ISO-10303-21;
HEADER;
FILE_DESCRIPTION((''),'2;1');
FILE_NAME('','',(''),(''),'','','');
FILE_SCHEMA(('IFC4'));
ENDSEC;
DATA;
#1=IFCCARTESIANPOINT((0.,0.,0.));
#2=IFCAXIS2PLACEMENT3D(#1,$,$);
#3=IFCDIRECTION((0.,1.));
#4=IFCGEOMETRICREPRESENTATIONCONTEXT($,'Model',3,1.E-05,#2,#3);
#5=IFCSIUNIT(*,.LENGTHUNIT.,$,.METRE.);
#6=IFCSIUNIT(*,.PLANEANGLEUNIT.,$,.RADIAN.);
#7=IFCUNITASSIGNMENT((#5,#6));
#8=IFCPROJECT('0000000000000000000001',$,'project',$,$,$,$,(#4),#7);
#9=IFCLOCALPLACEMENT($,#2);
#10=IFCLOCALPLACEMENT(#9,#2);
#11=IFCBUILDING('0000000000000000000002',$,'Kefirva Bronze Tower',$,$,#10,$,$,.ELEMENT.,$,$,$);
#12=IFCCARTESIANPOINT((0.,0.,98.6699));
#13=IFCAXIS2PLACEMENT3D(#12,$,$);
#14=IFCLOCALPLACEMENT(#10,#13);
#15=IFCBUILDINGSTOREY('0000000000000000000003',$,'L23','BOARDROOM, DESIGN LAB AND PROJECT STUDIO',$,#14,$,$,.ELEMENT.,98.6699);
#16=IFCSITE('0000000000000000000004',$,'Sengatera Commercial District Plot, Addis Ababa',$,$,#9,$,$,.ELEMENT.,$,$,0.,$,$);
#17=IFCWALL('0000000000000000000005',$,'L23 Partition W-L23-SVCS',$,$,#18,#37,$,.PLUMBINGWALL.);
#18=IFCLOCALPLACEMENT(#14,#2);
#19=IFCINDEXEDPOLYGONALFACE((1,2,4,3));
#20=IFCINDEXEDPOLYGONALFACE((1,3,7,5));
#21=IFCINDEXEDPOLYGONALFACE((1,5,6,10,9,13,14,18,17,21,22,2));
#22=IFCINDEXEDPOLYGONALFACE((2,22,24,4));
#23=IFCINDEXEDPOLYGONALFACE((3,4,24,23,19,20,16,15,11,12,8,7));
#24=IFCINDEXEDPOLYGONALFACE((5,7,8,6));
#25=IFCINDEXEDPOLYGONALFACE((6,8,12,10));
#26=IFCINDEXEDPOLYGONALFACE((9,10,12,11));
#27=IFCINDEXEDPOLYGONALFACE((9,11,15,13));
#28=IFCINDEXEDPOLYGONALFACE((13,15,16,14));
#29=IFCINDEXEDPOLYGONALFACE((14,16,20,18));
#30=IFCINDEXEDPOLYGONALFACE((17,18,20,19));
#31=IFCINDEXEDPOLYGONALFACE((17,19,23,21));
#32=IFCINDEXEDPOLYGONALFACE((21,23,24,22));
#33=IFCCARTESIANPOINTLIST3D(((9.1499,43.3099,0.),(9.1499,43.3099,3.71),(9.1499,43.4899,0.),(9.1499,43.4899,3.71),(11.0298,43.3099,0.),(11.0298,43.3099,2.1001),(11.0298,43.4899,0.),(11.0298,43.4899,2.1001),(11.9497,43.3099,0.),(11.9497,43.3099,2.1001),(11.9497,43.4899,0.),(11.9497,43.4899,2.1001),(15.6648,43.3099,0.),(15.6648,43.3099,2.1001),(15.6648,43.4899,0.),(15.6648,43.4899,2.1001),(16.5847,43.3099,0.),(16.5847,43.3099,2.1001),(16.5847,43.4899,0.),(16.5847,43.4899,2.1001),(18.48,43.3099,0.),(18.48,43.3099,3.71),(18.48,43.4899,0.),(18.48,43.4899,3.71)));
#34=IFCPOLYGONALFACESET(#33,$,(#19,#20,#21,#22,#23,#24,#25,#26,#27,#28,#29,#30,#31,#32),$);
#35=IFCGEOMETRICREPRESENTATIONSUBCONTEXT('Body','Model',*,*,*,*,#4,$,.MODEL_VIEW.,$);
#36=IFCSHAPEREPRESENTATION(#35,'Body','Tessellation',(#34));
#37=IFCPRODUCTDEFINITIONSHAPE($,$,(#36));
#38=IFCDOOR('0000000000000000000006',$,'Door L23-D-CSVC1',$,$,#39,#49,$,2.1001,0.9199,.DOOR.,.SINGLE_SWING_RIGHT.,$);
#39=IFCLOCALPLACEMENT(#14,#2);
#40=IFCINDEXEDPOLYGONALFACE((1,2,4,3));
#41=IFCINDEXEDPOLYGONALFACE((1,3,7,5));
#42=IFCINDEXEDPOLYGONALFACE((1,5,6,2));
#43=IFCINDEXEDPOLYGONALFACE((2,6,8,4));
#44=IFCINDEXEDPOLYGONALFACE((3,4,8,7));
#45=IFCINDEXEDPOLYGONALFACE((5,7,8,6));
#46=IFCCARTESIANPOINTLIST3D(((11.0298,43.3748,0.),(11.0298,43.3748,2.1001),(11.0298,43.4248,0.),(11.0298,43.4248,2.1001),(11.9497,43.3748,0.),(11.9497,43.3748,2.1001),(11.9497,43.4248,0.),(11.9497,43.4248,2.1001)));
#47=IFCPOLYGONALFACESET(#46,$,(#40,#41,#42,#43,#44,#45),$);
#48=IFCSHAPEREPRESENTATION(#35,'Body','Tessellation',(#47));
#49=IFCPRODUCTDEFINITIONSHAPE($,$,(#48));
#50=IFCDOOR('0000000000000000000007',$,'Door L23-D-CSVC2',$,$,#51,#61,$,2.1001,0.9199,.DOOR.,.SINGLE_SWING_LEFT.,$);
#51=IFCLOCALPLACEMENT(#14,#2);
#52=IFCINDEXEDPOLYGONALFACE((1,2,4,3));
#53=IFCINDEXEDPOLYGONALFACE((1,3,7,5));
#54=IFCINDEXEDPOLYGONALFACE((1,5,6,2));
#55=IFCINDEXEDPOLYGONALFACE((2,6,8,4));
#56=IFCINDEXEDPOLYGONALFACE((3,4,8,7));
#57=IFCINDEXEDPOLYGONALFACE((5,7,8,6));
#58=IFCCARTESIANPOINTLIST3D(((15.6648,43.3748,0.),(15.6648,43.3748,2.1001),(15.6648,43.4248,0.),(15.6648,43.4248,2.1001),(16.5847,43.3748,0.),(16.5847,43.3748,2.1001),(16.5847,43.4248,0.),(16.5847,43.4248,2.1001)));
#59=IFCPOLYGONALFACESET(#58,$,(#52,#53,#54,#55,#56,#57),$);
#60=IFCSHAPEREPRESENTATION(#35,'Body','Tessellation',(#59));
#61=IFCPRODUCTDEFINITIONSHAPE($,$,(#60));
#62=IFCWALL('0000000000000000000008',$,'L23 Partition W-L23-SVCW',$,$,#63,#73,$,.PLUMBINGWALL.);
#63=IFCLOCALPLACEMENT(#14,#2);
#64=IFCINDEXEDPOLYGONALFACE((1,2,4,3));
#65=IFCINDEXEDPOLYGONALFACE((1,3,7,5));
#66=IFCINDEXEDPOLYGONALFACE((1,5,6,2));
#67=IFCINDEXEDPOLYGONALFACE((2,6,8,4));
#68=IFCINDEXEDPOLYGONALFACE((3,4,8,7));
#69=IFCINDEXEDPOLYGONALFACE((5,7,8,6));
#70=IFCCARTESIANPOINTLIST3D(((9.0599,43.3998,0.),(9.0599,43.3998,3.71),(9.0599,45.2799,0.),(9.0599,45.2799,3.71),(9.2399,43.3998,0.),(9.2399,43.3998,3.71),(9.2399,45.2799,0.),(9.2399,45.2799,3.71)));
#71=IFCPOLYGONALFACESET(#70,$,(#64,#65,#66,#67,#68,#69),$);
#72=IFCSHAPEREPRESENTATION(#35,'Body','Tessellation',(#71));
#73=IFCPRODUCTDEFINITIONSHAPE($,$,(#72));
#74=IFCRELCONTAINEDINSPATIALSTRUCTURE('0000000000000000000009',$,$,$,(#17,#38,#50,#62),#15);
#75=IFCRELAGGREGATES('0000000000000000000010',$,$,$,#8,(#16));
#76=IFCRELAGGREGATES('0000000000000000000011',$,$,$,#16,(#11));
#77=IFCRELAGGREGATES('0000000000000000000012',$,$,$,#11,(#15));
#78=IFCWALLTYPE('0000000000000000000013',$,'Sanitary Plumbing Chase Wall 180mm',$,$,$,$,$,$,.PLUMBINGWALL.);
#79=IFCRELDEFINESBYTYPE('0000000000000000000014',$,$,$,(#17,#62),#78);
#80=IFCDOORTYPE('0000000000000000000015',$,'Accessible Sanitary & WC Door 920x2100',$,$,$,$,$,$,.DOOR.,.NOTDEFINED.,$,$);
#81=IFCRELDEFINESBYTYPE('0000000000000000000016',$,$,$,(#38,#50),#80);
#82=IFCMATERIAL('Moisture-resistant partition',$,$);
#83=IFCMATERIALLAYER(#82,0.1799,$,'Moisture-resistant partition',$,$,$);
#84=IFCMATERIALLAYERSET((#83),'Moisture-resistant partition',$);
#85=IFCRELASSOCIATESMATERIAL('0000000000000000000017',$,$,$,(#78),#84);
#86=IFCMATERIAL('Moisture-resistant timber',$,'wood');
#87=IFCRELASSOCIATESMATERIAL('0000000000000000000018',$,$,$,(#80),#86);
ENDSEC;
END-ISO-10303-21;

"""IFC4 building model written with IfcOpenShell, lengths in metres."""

from ifc_helpers import new_model, si_unit, direction, frame, frame_2d, origin, place, context, subcontext, project, spatial, rectangle, extrude, material, layer, layer_set, type_object, element, fill, save


model = new_model("IFC4")

# Units and contexts
model_context = context("Model", 3, precision=1e-05, world=origin(), true_north=direction((0.0, 1.0)))
body_context = subcontext(model_context, "Body", "Model", "MODEL_VIEW")
ifc_project = project(units=[si_unit("LENGTHUNIT", "METRE"), si_unit("PLANEANGLEUNIT", "RADIAN")], contexts=[model_context])

# Site, building, storey
site_placement = place(None, origin())
site = spatial("IfcSite", under=ifc_project, at=site_placement, Name="Sengatera Commercial District Plot, Addis Ababa", CompositionType="ELEMENT", RefElevation=0.0)
building_placement = place(site_placement, origin())
building = spatial("IfcBuilding", under=site, at=building_placement, Name="Kefirva Bronze Tower", CompositionType="ELEMENT")
storey_placement = place(building_placement, frame((0.0, 0.0, 98.6699)))
storey = spatial("IfcBuildingStorey", under=building, at=storey_placement, Name="L23", Description="BOARDROOM, DESIGN LAB AND PROJECT STUDIO", CompositionType="ELEMENT", Elevation=98.6699)

# Wall, openings, doors
ifc_material_1 = material(Name="Moisture-resistant partition")
ifc_layer_1 = layer(ifc_material_1, 0.1799, Name="Moisture-resistant partition")
ifc_layer_set_1 = layer_set([ifc_layer_1], Name="Moisture-resistant partition")
wall_type_1 = type_object("IfcWallType", Name="Sanitary Plumbing Chase Wall 180mm", PredefinedType="PLUMBINGWALL", material=ifc_layer_set_1)
wall_1_placement = place(storey_placement, frame((9.1499, 43.3999, 0.0), z_axis=(0.0, 0.0, 1.0), x_axis=(1.0, 0.0, 0.0)))
wall_1 = element("IfcWall", 1, at=wall_1_placement, inside=storey, type_object=wall_type_1, Name="L23 Partition W-L23-SVCS", PredefinedType="PLUMBINGWALL", context=body_context, shape_type="SweptSolid", body=[
    extrude(rectangle(XDim=9.3301, YDim=0.1799, at=frame_2d((4.665, 0.0))), origin(), (0.0, 0.0, 1.0), 3.71),
])
opening_1_placement = place(wall_1_placement, frame((1.8799, 0.0, 0.0)))
opening_1 = element("IfcOpeningElement", 2, at=opening_1_placement, cuts=wall_1, PredefinedType="OPENING", context=body_context, shape_type="SweptSolid", body=[
    extrude(rectangle(XDim=0.9199, YDim=2.1001, at=frame_2d((0.46, 1.05))), frame((0.0, 0.1001, 0.0), z_axis=(0.0, -1.0, 0.0), x_axis=(1.0, 0.0, 0.0)), (0.0, 0.0, 1.0), 0.2),
])
opening_2_placement = place(wall_1_placement, frame((6.5149, 0.0, 0.0)))
opening_2 = element("IfcOpeningElement", 3, at=opening_2_placement, cuts=wall_1, PredefinedType="OPENING", context=body_context, shape_type="SweptSolid", body=[
    extrude(rectangle(XDim=0.9199, YDim=2.1001, at=frame_2d((0.46, 1.05))), frame((0.0, 0.1001, 0.0), z_axis=(0.0, -1.0, 0.0), x_axis=(1.0, 0.0, 0.0)), (0.0, 0.0, 1.0), 0.2),
])
ifc_material_2 = material(Name="Moisture-resistant timber", Category="wood")
door_type_1 = type_object("IfcDoorType", Name="Accessible Sanitary & WC Door 920x2100", OperationType="NOTDEFINED", PredefinedType="DOOR", material=ifc_material_2)
door_1_placement = place(opening_1_placement, origin())
door_1 = element("IfcDoor", 4, at=door_1_placement, inside=storey, type_object=door_type_1, Name="Door L23-D-CSVC1", OperationType="SINGLE_SWING_RIGHT", OverallHeight=2.1001, OverallWidth=0.9199, PredefinedType="DOOR", context=body_context, shape_type="SweptSolid", body=[
    extrude(rectangle(XDim=0.9199, YDim=2.1001, at=frame_2d((0.46, 1.05))), frame((0.0, 0.0249, 0.0), z_axis=(0.0, -1.0, 0.0), x_axis=(1.0, 0.0, 0.0)), (0.0, 0.0, 1.0), 0.05),
])
fill(opening_1, door_1)
door_2_placement = place(opening_2_placement, origin())
door_2 = element("IfcDoor", 5, at=door_2_placement, inside=storey, type_object=door_type_1, Name="Door L23-D-CSVC2", OperationType="SINGLE_SWING_LEFT", OverallHeight=2.1001, OverallWidth=0.9199, PredefinedType="DOOR", context=body_context, shape_type="SweptSolid", body=[
    extrude(rectangle(XDim=0.9199, YDim=2.1001, at=frame_2d((0.46, 1.05))), frame((0.0, 0.0249, 0.0), z_axis=(0.0, -1.0, 0.0), x_axis=(1.0, 0.0, 0.0)), (0.0, 0.0, 1.0), 0.05),
])
fill(opening_2, door_2)

# Wall
wall_2_placement = place(storey_placement, frame((9.1499, 43.3999, 0.0), z_axis=(0.0, 0.0, 1.0), x_axis=(0.0, 1.0, 0.0)))
element("IfcWall", 6, at=wall_2_placement, inside=storey, type_object=wall_type_1, Name="L23 Partition W-L23-SVCW", PredefinedType="PLUMBINGWALL", context=body_context, shape_type="SweptSolid", body=[
    extrude(rectangle(XDim=1.8801, YDim=0.1799, at=frame_2d((0.9399, 0.0))), origin(), (0.0, 0.0, 1.0), 3.71),
])

save(model, "model.ifc")
